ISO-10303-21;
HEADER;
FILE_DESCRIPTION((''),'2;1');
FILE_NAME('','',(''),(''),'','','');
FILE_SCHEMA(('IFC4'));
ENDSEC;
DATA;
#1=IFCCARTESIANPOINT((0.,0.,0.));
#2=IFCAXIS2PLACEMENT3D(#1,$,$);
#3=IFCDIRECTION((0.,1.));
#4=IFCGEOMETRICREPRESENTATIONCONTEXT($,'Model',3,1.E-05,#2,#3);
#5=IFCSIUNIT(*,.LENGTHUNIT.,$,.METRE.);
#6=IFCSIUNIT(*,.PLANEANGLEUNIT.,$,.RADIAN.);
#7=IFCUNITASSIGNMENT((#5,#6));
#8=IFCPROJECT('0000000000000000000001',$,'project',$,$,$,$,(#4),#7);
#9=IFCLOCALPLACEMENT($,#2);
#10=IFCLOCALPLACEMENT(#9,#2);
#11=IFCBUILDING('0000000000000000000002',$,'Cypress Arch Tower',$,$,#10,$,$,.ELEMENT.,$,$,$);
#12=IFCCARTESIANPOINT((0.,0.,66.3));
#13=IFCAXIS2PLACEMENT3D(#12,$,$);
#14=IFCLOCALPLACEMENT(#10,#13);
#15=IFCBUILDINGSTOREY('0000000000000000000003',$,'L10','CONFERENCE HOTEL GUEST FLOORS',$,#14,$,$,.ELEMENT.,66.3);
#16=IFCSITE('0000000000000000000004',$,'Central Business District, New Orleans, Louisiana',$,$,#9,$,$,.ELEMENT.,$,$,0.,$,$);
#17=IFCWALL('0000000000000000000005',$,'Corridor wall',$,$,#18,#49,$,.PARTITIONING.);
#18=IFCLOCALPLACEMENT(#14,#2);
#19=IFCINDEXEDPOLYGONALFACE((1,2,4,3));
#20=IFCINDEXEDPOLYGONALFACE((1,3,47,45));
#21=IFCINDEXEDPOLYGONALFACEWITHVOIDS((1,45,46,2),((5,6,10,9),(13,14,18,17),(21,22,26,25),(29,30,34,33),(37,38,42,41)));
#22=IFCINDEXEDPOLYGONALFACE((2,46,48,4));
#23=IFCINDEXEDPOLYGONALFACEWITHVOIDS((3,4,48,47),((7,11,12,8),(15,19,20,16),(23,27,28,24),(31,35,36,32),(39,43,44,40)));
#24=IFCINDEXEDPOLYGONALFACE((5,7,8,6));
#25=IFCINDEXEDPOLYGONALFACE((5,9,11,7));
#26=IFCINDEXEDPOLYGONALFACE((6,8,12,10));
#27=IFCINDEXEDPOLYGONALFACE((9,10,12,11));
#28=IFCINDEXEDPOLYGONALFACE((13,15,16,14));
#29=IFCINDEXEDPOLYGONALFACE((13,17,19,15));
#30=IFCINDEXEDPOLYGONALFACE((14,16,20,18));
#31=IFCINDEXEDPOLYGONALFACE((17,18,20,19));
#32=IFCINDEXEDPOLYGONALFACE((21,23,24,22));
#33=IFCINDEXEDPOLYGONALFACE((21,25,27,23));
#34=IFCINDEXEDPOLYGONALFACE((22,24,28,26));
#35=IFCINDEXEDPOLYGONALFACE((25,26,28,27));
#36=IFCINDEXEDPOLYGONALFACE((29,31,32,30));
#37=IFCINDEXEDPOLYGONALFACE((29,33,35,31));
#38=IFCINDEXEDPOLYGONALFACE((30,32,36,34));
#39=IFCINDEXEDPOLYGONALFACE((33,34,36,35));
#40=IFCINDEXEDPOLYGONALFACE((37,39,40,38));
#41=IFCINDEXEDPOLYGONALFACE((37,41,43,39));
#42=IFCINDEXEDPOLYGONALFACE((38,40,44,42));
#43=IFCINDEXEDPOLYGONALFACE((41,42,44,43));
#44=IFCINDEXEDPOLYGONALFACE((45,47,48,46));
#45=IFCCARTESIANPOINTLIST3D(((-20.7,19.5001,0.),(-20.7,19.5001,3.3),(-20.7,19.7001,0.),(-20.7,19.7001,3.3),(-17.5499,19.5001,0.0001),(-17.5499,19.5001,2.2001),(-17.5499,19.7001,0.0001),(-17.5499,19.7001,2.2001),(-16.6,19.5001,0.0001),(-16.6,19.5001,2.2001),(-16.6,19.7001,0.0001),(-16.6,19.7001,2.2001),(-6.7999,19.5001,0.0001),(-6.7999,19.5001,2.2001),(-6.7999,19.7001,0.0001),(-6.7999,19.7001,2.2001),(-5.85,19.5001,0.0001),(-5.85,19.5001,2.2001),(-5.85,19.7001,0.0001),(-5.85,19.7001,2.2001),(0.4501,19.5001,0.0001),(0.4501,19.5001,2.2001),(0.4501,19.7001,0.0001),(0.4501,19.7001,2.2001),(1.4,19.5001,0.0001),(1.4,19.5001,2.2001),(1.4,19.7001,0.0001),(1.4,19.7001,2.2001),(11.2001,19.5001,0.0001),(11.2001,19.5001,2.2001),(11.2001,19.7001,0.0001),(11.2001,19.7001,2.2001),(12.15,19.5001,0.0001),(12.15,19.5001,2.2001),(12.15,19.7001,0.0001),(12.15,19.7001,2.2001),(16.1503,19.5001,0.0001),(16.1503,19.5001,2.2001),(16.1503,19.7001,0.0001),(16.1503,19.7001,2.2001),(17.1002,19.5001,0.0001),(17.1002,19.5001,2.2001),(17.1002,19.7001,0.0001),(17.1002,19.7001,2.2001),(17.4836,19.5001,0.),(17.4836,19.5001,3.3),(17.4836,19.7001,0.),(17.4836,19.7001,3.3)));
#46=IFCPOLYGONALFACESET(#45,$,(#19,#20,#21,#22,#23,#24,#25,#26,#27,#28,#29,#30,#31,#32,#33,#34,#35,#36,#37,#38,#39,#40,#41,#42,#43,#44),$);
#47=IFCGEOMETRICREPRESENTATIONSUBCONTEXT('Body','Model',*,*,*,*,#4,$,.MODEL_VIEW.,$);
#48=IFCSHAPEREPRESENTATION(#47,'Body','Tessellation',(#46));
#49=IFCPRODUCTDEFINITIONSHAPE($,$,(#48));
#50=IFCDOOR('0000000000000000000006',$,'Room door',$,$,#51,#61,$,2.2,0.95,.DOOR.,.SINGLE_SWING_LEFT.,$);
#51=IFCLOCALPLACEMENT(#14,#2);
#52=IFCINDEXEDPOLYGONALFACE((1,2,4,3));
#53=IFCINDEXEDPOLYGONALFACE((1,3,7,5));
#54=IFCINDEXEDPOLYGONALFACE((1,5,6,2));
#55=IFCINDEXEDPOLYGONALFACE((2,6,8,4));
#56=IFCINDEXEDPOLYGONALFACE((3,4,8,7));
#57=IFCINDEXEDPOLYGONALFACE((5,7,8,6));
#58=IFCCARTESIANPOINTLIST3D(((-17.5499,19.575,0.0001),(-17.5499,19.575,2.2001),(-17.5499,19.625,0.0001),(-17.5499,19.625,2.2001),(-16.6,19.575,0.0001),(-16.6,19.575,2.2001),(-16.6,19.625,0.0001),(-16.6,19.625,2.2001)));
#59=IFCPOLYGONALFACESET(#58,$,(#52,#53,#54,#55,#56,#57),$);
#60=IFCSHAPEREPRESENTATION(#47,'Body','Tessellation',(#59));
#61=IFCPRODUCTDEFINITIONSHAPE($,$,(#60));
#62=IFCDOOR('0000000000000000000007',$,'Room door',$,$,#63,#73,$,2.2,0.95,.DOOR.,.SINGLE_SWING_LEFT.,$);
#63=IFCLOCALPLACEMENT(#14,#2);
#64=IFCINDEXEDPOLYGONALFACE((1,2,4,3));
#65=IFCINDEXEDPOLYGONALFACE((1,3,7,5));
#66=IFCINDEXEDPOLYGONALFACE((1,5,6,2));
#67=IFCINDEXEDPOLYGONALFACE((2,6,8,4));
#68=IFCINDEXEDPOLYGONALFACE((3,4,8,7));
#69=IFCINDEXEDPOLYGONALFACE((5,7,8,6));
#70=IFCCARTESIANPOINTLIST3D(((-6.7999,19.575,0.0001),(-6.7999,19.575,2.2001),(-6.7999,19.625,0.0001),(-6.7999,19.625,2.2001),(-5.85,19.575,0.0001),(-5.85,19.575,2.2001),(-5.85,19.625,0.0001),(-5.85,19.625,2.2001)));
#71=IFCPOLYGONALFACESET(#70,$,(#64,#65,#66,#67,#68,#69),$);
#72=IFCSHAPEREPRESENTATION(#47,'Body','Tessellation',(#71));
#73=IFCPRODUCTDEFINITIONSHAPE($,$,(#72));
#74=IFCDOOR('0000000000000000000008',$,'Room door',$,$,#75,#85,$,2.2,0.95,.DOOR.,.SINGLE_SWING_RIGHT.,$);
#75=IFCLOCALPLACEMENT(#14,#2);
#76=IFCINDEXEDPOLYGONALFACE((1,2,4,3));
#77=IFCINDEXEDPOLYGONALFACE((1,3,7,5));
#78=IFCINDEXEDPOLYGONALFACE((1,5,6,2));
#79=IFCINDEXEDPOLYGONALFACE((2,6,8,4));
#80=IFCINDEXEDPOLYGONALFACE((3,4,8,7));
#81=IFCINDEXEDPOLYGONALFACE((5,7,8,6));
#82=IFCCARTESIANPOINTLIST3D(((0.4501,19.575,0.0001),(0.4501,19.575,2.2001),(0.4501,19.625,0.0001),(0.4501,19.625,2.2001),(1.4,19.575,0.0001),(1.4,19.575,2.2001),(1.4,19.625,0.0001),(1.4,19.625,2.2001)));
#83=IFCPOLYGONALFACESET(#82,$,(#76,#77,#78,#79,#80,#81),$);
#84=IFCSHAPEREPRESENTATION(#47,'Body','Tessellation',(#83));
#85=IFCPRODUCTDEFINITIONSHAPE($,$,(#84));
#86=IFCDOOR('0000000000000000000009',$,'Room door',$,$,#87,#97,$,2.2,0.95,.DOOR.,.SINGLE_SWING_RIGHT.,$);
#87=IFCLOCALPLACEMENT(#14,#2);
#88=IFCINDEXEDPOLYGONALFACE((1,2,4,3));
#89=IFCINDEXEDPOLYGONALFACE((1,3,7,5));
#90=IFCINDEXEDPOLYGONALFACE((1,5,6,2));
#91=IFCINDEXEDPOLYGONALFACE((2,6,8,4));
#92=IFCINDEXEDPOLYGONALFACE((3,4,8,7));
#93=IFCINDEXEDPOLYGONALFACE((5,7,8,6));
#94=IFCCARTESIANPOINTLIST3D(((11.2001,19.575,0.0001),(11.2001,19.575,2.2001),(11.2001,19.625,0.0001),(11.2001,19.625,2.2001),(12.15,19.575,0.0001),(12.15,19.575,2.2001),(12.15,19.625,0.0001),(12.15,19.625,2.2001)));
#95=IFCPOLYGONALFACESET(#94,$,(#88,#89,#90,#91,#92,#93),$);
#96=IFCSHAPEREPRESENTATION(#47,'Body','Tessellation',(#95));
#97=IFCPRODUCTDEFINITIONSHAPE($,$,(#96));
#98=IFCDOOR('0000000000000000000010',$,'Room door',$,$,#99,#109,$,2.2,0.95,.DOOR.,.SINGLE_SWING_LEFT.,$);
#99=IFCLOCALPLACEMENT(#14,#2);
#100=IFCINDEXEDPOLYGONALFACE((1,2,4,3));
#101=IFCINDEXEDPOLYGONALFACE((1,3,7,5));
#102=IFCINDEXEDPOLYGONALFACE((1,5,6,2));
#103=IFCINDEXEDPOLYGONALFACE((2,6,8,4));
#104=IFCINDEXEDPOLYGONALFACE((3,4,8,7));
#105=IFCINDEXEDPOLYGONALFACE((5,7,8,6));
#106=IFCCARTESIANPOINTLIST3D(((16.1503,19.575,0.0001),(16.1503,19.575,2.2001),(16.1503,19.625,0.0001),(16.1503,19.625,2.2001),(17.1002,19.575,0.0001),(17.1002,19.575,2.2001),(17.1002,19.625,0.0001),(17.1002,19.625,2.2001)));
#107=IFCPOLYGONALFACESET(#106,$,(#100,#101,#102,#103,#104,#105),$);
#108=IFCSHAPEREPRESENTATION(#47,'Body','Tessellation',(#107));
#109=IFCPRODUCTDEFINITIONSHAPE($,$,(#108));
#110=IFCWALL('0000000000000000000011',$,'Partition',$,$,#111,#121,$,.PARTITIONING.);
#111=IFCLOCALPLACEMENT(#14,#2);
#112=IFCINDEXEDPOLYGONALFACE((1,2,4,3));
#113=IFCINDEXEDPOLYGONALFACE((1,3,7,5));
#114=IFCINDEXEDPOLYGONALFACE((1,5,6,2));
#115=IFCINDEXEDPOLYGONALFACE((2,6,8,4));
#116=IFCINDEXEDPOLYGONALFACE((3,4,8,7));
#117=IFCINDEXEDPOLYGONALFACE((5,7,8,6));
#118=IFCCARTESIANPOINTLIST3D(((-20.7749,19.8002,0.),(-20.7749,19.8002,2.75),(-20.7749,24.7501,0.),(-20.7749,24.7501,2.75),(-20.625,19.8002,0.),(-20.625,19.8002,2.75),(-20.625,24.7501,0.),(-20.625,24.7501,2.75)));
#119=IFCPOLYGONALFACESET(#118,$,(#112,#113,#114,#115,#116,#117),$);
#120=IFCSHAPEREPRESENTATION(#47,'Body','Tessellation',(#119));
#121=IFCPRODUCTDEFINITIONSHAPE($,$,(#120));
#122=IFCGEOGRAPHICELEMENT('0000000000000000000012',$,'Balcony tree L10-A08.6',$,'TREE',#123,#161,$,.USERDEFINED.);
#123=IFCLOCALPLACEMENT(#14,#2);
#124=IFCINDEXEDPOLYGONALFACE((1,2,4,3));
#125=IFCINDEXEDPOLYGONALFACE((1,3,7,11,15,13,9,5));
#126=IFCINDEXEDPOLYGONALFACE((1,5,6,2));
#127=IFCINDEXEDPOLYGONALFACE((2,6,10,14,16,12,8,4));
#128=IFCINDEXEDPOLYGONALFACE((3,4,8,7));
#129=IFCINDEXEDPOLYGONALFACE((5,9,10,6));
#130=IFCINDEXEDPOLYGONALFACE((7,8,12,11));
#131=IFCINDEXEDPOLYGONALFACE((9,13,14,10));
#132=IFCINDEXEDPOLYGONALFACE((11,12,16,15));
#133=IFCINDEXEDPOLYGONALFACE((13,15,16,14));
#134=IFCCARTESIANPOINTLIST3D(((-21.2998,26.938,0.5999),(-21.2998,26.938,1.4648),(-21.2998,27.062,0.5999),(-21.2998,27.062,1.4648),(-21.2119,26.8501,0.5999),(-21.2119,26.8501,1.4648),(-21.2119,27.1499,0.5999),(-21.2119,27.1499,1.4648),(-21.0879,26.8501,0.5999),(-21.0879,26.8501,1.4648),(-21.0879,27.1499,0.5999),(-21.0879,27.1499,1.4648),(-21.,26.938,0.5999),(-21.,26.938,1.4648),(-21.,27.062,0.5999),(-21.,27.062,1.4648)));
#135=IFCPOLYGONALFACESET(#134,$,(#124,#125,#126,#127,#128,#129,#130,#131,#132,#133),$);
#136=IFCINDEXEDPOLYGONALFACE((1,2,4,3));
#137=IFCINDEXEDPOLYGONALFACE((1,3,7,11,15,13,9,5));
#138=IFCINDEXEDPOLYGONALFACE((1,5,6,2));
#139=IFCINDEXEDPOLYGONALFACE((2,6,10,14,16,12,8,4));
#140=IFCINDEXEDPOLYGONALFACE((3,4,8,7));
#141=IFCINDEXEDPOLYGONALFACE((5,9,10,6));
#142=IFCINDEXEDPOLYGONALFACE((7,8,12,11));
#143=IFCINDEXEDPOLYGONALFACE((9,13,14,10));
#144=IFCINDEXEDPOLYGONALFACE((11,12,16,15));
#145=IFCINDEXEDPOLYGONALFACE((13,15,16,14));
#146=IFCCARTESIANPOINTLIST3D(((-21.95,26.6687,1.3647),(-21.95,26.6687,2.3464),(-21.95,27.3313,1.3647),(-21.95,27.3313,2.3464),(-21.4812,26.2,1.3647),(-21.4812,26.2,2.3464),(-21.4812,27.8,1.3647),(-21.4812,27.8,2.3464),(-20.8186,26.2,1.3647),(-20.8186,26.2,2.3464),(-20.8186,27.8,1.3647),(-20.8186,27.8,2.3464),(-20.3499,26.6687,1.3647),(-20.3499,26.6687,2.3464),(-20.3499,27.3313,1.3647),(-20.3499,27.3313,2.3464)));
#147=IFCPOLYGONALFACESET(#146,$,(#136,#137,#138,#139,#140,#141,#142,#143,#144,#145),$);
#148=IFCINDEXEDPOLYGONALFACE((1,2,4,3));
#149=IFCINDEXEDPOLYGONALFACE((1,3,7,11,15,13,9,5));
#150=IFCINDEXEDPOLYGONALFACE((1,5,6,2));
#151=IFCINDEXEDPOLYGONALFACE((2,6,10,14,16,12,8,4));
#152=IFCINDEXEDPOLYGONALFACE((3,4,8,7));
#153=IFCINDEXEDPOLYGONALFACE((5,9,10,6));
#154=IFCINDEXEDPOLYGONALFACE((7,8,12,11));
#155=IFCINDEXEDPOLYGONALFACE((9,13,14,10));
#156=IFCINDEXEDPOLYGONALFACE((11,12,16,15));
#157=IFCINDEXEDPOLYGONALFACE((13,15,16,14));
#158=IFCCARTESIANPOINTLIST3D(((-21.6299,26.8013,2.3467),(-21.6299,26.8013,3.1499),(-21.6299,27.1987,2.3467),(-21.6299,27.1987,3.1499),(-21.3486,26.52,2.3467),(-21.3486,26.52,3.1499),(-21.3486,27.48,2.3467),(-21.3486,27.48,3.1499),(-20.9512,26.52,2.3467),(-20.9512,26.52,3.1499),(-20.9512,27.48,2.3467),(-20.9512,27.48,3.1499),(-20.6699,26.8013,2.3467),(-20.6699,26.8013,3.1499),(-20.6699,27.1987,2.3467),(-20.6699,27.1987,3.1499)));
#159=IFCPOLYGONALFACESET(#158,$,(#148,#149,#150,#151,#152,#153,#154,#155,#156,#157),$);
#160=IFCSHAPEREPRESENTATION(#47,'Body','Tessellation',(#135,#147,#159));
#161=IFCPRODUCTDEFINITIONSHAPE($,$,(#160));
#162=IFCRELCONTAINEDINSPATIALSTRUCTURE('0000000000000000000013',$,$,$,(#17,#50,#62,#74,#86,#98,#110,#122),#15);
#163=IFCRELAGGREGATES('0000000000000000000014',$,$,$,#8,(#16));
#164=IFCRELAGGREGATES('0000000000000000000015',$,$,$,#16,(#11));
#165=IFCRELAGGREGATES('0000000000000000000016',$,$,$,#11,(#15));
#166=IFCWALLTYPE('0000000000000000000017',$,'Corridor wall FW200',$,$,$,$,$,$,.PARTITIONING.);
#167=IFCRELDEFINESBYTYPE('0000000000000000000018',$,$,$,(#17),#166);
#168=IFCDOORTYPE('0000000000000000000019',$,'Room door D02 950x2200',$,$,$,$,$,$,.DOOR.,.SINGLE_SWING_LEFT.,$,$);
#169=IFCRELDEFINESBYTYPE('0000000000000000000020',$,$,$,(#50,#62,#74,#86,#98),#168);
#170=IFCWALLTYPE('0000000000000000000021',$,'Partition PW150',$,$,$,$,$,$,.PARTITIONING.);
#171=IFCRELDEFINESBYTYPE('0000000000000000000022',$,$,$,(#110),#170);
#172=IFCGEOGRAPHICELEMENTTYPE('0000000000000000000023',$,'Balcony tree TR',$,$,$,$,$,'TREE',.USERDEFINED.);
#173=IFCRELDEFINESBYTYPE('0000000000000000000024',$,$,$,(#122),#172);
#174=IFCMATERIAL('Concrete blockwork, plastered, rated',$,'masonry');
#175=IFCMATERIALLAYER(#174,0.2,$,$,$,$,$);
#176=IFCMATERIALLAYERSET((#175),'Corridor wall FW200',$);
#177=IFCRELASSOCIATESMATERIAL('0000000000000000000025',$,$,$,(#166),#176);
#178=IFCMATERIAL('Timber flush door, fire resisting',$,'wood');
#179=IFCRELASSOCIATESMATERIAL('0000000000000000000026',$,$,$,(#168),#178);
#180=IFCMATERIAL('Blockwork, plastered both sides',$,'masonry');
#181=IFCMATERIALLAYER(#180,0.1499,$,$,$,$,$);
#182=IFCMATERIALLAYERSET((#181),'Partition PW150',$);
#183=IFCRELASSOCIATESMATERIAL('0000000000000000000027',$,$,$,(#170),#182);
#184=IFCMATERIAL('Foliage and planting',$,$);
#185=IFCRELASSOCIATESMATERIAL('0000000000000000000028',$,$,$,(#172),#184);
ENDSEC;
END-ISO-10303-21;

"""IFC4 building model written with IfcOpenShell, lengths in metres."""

from ifc_helpers import new_model, si_unit, direction, frame, frame_2d, origin, place, context, subcontext, project, spatial, polyline, rectangle, outline, extrude, material, layer, layer_set, type_object, element, fill, save


model = new_model("IFC4")

# Units and contexts
model_context = context("Model", 3, precision=1e-05, world=origin(), true_north=direction((0.0, 1.0)))
body_context = subcontext(model_context, "Body", "Model", "MODEL_VIEW")
ifc_project = project(units=[si_unit("LENGTHUNIT", "METRE"), si_unit("PLANEANGLEUNIT", "RADIAN")], contexts=[model_context])

# Site, building, storey
site_placement = place(None, origin())
site = spatial("IfcSite", under=ifc_project, at=site_placement, Name="Central Business District, New Orleans, Louisiana", CompositionType="ELEMENT", RefElevation=0.0)
building_placement = place(site_placement, origin())
building = spatial("IfcBuilding", under=site, at=building_placement, Name="Cypress Arch Tower", CompositionType="ELEMENT")
storey_placement = place(building_placement, frame((0.0, 0.0, 66.3)))
storey = spatial("IfcBuildingStorey", under=building, at=storey_placement, Name="L10", Description="CONFERENCE HOTEL GUEST FLOORS", CompositionType="ELEMENT", Elevation=66.3)

# Shared definitions
ifc_material_1 = material(Name="Concrete blockwork, plastered, rated", Category="masonry")
ifc_layer_1 = layer(ifc_material_1, 0.2)
ifc_layer_set_1 = layer_set([ifc_layer_1], Name="Corridor wall FW200")
wall_type_1 = type_object("IfcWallType", Name="Corridor wall FW200", PredefinedType="PARTITIONING", material=ifc_layer_set_1)

# Wall, openings, doors
wall_1_placement = place(storey_placement, frame((-20.7, 19.6001, 0.0), z_axis=(0.0, 0.0, 1.0), x_axis=(1.0, 0.0, 0.0)))
wall_1 = element("IfcWall", 1, at=wall_1_placement, inside=storey, type_object=wall_type_1, Name="Corridor wall", PredefinedType="PARTITIONING", context=body_context, shape_type="SweptSolid", body=[
    extrude(rectangle(XDim=38.1836, YDim=0.2, at=frame_2d((19.0918, 0.0))), origin(), (0.0, 0.0, 1.0), 3.3),
])
opening_1_placement = place(wall_1_placement, frame((3.1499, 0.0, 0.0)))
opening_1 = element("IfcOpeningElement", 2, at=opening_1_placement, cuts=wall_1, PredefinedType="OPENING", context=body_context, shape_type="SweptSolid", body=[
    extrude(rectangle(XDim=0.95, YDim=2.2, at=frame_2d((0.4751, 1.1001))), frame((0.0, 0.1099, 0.0), z_axis=(0.0, -1.0, 0.0), x_axis=(1.0, 0.0, 0.0)), (0.0, 0.0, 1.0), 0.22),
])
opening_2_placement = place(wall_1_placement, frame((13.8999, 0.0, 0.0)))
opening_2 = element("IfcOpeningElement", 3, at=opening_2_placement, cuts=wall_1, PredefinedType="OPENING", context=body_context, shape_type="SweptSolid", body=[
    extrude(rectangle(XDim=0.95, YDim=2.2, at=frame_2d((0.4751, 1.1001))), frame((0.0, 0.1099, 0.0), z_axis=(0.0, -1.0, 0.0), x_axis=(1.0, 0.0, 0.0)), (0.0, 0.0, 1.0), 0.22),
])
opening_3_placement = place(wall_1_placement, frame((21.1499, 0.0, 0.0)))
opening_3 = element("IfcOpeningElement", 4, at=opening_3_placement, cuts=wall_1, PredefinedType="OPENING", context=body_context, shape_type="SweptSolid", body=[
    extrude(rectangle(XDim=0.95, YDim=2.2, at=frame_2d((0.4751, 1.1001))), frame((0.0, 0.1099, 0.0), z_axis=(0.0, -1.0, 0.0), x_axis=(1.0, 0.0, 0.0)), (0.0, 0.0, 1.0), 0.22),
])
opening_4_placement = place(wall_1_placement, frame((31.8999, 0.0, 0.0)))
opening_4 = element("IfcOpeningElement", 5, at=opening_4_placement, cuts=wall_1, PredefinedType="OPENING", context=body_context, shape_type="SweptSolid", body=[
    extrude(rectangle(XDim=0.95, YDim=2.2, at=frame_2d((0.4751, 1.1001))), frame((0.0, 0.1099, 0.0), z_axis=(0.0, -1.0, 0.0), x_axis=(1.0, 0.0, 0.0)), (0.0, 0.0, 1.0), 0.22),
])
opening_5_placement = place(wall_1_placement, frame((36.8501, 0.0, 0.0)))
opening_5 = element("IfcOpeningElement", 6, at=opening_5_placement, cuts=wall_1, PredefinedType="OPENING", context=body_context, shape_type="SweptSolid", body=[
    extrude(rectangle(XDim=0.95, YDim=2.2, at=frame_2d((0.4751, 1.1001))), frame((0.0, 0.1099, 0.0), z_axis=(0.0, -1.0, 0.0), x_axis=(1.0, 0.0, 0.0)), (0.0, 0.0, 1.0), 0.22),
])
ifc_material_2 = material(Name="Timber flush door, fire resisting", Category="wood")
door_type_1 = type_object("IfcDoorType", Name="Room door D02 950x2200", OperationType="SINGLE_SWING_LEFT", PredefinedType="DOOR", material=ifc_material_2)
door_1_placement = place(opening_1_placement, origin())
door_1 = element("IfcDoor", 7, at=door_1_placement, inside=storey, type_object=door_type_1, Name="Room door", OperationType="SINGLE_SWING_LEFT", OverallHeight=2.2, OverallWidth=0.95, PredefinedType="DOOR", context=body_context, shape_type="SweptSolid", body=[
    extrude(rectangle(XDim=0.95, YDim=2.2, at=frame_2d((0.4751, 1.1001))), frame((0.0, 0.0249, 0.0), z_axis=(0.0, -1.0, 0.0), x_axis=(1.0, 0.0, 0.0)), (0.0, 0.0, 1.0), 0.05),
])
fill(opening_1, door_1)
door_2_placement = place(opening_2_placement, origin())
door_2 = element("IfcDoor", 8, at=door_2_placement, inside=storey, type_object=door_type_1, Name="Room door", OperationType="SINGLE_SWING_LEFT", OverallHeight=2.2, OverallWidth=0.95, PredefinedType="DOOR", context=body_context, shape_type="SweptSolid", body=[
    extrude(rectangle(XDim=0.95, YDim=2.2, at=frame_2d((0.4751, 1.1001))), frame((0.0, 0.0249, 0.0), z_axis=(0.0, -1.0, 0.0), x_axis=(1.0, 0.0, 0.0)), (0.0, 0.0, 1.0), 0.05),
])
fill(opening_2, door_2)
door_3_placement = place(opening_3_placement, origin())
door_3 = element("IfcDoor", 9, at=door_3_placement, inside=storey, type_object=door_type_1, Name="Room door", OperationType="SINGLE_SWING_RIGHT", OverallHeight=2.2, OverallWidth=0.95, PredefinedType="DOOR", context=body_context, shape_type="SweptSolid", body=[
    extrude(rectangle(XDim=0.95, YDim=2.2, at=frame_2d((0.4751, 1.1001))), frame((0.0, 0.0249, 0.0), z_axis=(0.0, -1.0, 0.0), x_axis=(1.0, 0.0, 0.0)), (0.0, 0.0, 1.0), 0.05),
])
fill(opening_3, door_3)
door_4_placement = place(opening_4_placement, origin())
door_4 = element("IfcDoor", 10, at=door_4_placement, inside=storey, type_object=door_type_1, Name="Room door", OperationType="SINGLE_SWING_RIGHT", OverallHeight=2.2, OverallWidth=0.95, PredefinedType="DOOR", context=body_context, shape_type="SweptSolid", body=[
    extrude(rectangle(XDim=0.95, YDim=2.2, at=frame_2d((0.4751, 1.1001))), frame((0.0, 0.0249, 0.0), z_axis=(0.0, -1.0, 0.0), x_axis=(1.0, 0.0, 0.0)), (0.0, 0.0, 1.0), 0.05),
])
fill(opening_4, door_4)
door_5_placement = place(opening_5_placement, origin())
door_5 = element("IfcDoor", 11, at=door_5_placement, inside=storey, type_object=door_type_1, Name="Room door", OperationType="SINGLE_SWING_LEFT", OverallHeight=2.2, OverallWidth=0.95, PredefinedType="DOOR", context=body_context, shape_type="SweptSolid", body=[
    extrude(rectangle(XDim=0.95, YDim=2.2, at=frame_2d((0.4751, 1.1001))), frame((0.0, 0.0249, 0.0), z_axis=(0.0, -1.0, 0.0), x_axis=(1.0, 0.0, 0.0)), (0.0, 0.0, 1.0), 0.05),
])
fill(opening_5, door_5)

# Wall
ifc_material_3 = material(Name="Blockwork, plastered both sides", Category="masonry")
ifc_layer_2 = layer(ifc_material_3, 0.1499)
ifc_layer_set_2 = layer_set([ifc_layer_2], Name="Partition PW150")
wall_type_2 = type_object("IfcWallType", Name="Partition PW150", PredefinedType="PARTITIONING", material=ifc_layer_set_2)
wall_2_placement = place(storey_placement, frame((-20.7, 19.8, 0.0), z_axis=(0.0, 0.0, 1.0), x_axis=(0.0, 1.0, 0.0)))
element("IfcWall", 12, at=wall_2_placement, inside=storey, type_object=wall_type_2, Name="Partition", PredefinedType="PARTITIONING", context=body_context, shape_type="SweptSolid", body=[
    extrude(rectangle(XDim=4.95, YDim=0.1499, at=frame_2d((2.4751, 0.0))), origin(), (0.0, 0.0, 1.0), 2.75),
])

# Geographic element
ifc_material_4 = material(Name="Foliage and planting")
geographic_element_type = type_object("IfcGeographicElementType", Name="Balcony tree TR", ElementType="TREE", PredefinedType="USERDEFINED", material=ifc_material_4)
geographic_element_placement = place(storey_placement, frame((-21.1499, 27.0, 0.5999), z_axis=(0.0, 0.0, 1.0), x_axis=(1.0, 0.0, 0.0)))
element("IfcGeographicElement", 13, at=geographic_element_placement, inside=storey, type_object=geographic_element_type, Name="Balcony tree L10-A08.6", ObjectType="TREE", PredefinedType="USERDEFINED", context=body_context, shape_type="SweptSolid", body=[
    extrude(outline(polyline([(0.1499, 0.062), (0.062, 0.1499), (-0.062, 0.1499), (-0.1499, 0.062), (-0.1499, -0.062), (-0.062, -0.1499), (0.062, -0.1499), (0.1499, -0.062), (0.1499, 0.062)])), origin(), (0.0, 0.0, 1.0), 0.865),
    extrude(outline(polyline([(0.8, 0.3313), (0.3313, 0.8), (-0.3313, 0.8), (-0.8, 0.3313), (-0.8, -0.3313), (-0.3313, -0.8), (0.3313, -0.8), (0.8, -0.3313), (0.8, 0.3313)])), frame((0.0, 0.0, 0.7649)), (0.0, 0.0, 1.0), 0.9817),
    extrude(outline(polyline([(0.48, 0.1987), (0.1987, 0.48), (-0.1987, 0.48), (-0.48, 0.1987), (-0.48, -0.1987), (-0.1987, -0.48), (0.1987, -0.48), (0.48, -0.1987), (0.48, 0.1987)])), frame((0.0, 0.0, 1.7468)), (0.0, 0.0, 1.0), 0.8032),
])

save(model, "model.ifc")
